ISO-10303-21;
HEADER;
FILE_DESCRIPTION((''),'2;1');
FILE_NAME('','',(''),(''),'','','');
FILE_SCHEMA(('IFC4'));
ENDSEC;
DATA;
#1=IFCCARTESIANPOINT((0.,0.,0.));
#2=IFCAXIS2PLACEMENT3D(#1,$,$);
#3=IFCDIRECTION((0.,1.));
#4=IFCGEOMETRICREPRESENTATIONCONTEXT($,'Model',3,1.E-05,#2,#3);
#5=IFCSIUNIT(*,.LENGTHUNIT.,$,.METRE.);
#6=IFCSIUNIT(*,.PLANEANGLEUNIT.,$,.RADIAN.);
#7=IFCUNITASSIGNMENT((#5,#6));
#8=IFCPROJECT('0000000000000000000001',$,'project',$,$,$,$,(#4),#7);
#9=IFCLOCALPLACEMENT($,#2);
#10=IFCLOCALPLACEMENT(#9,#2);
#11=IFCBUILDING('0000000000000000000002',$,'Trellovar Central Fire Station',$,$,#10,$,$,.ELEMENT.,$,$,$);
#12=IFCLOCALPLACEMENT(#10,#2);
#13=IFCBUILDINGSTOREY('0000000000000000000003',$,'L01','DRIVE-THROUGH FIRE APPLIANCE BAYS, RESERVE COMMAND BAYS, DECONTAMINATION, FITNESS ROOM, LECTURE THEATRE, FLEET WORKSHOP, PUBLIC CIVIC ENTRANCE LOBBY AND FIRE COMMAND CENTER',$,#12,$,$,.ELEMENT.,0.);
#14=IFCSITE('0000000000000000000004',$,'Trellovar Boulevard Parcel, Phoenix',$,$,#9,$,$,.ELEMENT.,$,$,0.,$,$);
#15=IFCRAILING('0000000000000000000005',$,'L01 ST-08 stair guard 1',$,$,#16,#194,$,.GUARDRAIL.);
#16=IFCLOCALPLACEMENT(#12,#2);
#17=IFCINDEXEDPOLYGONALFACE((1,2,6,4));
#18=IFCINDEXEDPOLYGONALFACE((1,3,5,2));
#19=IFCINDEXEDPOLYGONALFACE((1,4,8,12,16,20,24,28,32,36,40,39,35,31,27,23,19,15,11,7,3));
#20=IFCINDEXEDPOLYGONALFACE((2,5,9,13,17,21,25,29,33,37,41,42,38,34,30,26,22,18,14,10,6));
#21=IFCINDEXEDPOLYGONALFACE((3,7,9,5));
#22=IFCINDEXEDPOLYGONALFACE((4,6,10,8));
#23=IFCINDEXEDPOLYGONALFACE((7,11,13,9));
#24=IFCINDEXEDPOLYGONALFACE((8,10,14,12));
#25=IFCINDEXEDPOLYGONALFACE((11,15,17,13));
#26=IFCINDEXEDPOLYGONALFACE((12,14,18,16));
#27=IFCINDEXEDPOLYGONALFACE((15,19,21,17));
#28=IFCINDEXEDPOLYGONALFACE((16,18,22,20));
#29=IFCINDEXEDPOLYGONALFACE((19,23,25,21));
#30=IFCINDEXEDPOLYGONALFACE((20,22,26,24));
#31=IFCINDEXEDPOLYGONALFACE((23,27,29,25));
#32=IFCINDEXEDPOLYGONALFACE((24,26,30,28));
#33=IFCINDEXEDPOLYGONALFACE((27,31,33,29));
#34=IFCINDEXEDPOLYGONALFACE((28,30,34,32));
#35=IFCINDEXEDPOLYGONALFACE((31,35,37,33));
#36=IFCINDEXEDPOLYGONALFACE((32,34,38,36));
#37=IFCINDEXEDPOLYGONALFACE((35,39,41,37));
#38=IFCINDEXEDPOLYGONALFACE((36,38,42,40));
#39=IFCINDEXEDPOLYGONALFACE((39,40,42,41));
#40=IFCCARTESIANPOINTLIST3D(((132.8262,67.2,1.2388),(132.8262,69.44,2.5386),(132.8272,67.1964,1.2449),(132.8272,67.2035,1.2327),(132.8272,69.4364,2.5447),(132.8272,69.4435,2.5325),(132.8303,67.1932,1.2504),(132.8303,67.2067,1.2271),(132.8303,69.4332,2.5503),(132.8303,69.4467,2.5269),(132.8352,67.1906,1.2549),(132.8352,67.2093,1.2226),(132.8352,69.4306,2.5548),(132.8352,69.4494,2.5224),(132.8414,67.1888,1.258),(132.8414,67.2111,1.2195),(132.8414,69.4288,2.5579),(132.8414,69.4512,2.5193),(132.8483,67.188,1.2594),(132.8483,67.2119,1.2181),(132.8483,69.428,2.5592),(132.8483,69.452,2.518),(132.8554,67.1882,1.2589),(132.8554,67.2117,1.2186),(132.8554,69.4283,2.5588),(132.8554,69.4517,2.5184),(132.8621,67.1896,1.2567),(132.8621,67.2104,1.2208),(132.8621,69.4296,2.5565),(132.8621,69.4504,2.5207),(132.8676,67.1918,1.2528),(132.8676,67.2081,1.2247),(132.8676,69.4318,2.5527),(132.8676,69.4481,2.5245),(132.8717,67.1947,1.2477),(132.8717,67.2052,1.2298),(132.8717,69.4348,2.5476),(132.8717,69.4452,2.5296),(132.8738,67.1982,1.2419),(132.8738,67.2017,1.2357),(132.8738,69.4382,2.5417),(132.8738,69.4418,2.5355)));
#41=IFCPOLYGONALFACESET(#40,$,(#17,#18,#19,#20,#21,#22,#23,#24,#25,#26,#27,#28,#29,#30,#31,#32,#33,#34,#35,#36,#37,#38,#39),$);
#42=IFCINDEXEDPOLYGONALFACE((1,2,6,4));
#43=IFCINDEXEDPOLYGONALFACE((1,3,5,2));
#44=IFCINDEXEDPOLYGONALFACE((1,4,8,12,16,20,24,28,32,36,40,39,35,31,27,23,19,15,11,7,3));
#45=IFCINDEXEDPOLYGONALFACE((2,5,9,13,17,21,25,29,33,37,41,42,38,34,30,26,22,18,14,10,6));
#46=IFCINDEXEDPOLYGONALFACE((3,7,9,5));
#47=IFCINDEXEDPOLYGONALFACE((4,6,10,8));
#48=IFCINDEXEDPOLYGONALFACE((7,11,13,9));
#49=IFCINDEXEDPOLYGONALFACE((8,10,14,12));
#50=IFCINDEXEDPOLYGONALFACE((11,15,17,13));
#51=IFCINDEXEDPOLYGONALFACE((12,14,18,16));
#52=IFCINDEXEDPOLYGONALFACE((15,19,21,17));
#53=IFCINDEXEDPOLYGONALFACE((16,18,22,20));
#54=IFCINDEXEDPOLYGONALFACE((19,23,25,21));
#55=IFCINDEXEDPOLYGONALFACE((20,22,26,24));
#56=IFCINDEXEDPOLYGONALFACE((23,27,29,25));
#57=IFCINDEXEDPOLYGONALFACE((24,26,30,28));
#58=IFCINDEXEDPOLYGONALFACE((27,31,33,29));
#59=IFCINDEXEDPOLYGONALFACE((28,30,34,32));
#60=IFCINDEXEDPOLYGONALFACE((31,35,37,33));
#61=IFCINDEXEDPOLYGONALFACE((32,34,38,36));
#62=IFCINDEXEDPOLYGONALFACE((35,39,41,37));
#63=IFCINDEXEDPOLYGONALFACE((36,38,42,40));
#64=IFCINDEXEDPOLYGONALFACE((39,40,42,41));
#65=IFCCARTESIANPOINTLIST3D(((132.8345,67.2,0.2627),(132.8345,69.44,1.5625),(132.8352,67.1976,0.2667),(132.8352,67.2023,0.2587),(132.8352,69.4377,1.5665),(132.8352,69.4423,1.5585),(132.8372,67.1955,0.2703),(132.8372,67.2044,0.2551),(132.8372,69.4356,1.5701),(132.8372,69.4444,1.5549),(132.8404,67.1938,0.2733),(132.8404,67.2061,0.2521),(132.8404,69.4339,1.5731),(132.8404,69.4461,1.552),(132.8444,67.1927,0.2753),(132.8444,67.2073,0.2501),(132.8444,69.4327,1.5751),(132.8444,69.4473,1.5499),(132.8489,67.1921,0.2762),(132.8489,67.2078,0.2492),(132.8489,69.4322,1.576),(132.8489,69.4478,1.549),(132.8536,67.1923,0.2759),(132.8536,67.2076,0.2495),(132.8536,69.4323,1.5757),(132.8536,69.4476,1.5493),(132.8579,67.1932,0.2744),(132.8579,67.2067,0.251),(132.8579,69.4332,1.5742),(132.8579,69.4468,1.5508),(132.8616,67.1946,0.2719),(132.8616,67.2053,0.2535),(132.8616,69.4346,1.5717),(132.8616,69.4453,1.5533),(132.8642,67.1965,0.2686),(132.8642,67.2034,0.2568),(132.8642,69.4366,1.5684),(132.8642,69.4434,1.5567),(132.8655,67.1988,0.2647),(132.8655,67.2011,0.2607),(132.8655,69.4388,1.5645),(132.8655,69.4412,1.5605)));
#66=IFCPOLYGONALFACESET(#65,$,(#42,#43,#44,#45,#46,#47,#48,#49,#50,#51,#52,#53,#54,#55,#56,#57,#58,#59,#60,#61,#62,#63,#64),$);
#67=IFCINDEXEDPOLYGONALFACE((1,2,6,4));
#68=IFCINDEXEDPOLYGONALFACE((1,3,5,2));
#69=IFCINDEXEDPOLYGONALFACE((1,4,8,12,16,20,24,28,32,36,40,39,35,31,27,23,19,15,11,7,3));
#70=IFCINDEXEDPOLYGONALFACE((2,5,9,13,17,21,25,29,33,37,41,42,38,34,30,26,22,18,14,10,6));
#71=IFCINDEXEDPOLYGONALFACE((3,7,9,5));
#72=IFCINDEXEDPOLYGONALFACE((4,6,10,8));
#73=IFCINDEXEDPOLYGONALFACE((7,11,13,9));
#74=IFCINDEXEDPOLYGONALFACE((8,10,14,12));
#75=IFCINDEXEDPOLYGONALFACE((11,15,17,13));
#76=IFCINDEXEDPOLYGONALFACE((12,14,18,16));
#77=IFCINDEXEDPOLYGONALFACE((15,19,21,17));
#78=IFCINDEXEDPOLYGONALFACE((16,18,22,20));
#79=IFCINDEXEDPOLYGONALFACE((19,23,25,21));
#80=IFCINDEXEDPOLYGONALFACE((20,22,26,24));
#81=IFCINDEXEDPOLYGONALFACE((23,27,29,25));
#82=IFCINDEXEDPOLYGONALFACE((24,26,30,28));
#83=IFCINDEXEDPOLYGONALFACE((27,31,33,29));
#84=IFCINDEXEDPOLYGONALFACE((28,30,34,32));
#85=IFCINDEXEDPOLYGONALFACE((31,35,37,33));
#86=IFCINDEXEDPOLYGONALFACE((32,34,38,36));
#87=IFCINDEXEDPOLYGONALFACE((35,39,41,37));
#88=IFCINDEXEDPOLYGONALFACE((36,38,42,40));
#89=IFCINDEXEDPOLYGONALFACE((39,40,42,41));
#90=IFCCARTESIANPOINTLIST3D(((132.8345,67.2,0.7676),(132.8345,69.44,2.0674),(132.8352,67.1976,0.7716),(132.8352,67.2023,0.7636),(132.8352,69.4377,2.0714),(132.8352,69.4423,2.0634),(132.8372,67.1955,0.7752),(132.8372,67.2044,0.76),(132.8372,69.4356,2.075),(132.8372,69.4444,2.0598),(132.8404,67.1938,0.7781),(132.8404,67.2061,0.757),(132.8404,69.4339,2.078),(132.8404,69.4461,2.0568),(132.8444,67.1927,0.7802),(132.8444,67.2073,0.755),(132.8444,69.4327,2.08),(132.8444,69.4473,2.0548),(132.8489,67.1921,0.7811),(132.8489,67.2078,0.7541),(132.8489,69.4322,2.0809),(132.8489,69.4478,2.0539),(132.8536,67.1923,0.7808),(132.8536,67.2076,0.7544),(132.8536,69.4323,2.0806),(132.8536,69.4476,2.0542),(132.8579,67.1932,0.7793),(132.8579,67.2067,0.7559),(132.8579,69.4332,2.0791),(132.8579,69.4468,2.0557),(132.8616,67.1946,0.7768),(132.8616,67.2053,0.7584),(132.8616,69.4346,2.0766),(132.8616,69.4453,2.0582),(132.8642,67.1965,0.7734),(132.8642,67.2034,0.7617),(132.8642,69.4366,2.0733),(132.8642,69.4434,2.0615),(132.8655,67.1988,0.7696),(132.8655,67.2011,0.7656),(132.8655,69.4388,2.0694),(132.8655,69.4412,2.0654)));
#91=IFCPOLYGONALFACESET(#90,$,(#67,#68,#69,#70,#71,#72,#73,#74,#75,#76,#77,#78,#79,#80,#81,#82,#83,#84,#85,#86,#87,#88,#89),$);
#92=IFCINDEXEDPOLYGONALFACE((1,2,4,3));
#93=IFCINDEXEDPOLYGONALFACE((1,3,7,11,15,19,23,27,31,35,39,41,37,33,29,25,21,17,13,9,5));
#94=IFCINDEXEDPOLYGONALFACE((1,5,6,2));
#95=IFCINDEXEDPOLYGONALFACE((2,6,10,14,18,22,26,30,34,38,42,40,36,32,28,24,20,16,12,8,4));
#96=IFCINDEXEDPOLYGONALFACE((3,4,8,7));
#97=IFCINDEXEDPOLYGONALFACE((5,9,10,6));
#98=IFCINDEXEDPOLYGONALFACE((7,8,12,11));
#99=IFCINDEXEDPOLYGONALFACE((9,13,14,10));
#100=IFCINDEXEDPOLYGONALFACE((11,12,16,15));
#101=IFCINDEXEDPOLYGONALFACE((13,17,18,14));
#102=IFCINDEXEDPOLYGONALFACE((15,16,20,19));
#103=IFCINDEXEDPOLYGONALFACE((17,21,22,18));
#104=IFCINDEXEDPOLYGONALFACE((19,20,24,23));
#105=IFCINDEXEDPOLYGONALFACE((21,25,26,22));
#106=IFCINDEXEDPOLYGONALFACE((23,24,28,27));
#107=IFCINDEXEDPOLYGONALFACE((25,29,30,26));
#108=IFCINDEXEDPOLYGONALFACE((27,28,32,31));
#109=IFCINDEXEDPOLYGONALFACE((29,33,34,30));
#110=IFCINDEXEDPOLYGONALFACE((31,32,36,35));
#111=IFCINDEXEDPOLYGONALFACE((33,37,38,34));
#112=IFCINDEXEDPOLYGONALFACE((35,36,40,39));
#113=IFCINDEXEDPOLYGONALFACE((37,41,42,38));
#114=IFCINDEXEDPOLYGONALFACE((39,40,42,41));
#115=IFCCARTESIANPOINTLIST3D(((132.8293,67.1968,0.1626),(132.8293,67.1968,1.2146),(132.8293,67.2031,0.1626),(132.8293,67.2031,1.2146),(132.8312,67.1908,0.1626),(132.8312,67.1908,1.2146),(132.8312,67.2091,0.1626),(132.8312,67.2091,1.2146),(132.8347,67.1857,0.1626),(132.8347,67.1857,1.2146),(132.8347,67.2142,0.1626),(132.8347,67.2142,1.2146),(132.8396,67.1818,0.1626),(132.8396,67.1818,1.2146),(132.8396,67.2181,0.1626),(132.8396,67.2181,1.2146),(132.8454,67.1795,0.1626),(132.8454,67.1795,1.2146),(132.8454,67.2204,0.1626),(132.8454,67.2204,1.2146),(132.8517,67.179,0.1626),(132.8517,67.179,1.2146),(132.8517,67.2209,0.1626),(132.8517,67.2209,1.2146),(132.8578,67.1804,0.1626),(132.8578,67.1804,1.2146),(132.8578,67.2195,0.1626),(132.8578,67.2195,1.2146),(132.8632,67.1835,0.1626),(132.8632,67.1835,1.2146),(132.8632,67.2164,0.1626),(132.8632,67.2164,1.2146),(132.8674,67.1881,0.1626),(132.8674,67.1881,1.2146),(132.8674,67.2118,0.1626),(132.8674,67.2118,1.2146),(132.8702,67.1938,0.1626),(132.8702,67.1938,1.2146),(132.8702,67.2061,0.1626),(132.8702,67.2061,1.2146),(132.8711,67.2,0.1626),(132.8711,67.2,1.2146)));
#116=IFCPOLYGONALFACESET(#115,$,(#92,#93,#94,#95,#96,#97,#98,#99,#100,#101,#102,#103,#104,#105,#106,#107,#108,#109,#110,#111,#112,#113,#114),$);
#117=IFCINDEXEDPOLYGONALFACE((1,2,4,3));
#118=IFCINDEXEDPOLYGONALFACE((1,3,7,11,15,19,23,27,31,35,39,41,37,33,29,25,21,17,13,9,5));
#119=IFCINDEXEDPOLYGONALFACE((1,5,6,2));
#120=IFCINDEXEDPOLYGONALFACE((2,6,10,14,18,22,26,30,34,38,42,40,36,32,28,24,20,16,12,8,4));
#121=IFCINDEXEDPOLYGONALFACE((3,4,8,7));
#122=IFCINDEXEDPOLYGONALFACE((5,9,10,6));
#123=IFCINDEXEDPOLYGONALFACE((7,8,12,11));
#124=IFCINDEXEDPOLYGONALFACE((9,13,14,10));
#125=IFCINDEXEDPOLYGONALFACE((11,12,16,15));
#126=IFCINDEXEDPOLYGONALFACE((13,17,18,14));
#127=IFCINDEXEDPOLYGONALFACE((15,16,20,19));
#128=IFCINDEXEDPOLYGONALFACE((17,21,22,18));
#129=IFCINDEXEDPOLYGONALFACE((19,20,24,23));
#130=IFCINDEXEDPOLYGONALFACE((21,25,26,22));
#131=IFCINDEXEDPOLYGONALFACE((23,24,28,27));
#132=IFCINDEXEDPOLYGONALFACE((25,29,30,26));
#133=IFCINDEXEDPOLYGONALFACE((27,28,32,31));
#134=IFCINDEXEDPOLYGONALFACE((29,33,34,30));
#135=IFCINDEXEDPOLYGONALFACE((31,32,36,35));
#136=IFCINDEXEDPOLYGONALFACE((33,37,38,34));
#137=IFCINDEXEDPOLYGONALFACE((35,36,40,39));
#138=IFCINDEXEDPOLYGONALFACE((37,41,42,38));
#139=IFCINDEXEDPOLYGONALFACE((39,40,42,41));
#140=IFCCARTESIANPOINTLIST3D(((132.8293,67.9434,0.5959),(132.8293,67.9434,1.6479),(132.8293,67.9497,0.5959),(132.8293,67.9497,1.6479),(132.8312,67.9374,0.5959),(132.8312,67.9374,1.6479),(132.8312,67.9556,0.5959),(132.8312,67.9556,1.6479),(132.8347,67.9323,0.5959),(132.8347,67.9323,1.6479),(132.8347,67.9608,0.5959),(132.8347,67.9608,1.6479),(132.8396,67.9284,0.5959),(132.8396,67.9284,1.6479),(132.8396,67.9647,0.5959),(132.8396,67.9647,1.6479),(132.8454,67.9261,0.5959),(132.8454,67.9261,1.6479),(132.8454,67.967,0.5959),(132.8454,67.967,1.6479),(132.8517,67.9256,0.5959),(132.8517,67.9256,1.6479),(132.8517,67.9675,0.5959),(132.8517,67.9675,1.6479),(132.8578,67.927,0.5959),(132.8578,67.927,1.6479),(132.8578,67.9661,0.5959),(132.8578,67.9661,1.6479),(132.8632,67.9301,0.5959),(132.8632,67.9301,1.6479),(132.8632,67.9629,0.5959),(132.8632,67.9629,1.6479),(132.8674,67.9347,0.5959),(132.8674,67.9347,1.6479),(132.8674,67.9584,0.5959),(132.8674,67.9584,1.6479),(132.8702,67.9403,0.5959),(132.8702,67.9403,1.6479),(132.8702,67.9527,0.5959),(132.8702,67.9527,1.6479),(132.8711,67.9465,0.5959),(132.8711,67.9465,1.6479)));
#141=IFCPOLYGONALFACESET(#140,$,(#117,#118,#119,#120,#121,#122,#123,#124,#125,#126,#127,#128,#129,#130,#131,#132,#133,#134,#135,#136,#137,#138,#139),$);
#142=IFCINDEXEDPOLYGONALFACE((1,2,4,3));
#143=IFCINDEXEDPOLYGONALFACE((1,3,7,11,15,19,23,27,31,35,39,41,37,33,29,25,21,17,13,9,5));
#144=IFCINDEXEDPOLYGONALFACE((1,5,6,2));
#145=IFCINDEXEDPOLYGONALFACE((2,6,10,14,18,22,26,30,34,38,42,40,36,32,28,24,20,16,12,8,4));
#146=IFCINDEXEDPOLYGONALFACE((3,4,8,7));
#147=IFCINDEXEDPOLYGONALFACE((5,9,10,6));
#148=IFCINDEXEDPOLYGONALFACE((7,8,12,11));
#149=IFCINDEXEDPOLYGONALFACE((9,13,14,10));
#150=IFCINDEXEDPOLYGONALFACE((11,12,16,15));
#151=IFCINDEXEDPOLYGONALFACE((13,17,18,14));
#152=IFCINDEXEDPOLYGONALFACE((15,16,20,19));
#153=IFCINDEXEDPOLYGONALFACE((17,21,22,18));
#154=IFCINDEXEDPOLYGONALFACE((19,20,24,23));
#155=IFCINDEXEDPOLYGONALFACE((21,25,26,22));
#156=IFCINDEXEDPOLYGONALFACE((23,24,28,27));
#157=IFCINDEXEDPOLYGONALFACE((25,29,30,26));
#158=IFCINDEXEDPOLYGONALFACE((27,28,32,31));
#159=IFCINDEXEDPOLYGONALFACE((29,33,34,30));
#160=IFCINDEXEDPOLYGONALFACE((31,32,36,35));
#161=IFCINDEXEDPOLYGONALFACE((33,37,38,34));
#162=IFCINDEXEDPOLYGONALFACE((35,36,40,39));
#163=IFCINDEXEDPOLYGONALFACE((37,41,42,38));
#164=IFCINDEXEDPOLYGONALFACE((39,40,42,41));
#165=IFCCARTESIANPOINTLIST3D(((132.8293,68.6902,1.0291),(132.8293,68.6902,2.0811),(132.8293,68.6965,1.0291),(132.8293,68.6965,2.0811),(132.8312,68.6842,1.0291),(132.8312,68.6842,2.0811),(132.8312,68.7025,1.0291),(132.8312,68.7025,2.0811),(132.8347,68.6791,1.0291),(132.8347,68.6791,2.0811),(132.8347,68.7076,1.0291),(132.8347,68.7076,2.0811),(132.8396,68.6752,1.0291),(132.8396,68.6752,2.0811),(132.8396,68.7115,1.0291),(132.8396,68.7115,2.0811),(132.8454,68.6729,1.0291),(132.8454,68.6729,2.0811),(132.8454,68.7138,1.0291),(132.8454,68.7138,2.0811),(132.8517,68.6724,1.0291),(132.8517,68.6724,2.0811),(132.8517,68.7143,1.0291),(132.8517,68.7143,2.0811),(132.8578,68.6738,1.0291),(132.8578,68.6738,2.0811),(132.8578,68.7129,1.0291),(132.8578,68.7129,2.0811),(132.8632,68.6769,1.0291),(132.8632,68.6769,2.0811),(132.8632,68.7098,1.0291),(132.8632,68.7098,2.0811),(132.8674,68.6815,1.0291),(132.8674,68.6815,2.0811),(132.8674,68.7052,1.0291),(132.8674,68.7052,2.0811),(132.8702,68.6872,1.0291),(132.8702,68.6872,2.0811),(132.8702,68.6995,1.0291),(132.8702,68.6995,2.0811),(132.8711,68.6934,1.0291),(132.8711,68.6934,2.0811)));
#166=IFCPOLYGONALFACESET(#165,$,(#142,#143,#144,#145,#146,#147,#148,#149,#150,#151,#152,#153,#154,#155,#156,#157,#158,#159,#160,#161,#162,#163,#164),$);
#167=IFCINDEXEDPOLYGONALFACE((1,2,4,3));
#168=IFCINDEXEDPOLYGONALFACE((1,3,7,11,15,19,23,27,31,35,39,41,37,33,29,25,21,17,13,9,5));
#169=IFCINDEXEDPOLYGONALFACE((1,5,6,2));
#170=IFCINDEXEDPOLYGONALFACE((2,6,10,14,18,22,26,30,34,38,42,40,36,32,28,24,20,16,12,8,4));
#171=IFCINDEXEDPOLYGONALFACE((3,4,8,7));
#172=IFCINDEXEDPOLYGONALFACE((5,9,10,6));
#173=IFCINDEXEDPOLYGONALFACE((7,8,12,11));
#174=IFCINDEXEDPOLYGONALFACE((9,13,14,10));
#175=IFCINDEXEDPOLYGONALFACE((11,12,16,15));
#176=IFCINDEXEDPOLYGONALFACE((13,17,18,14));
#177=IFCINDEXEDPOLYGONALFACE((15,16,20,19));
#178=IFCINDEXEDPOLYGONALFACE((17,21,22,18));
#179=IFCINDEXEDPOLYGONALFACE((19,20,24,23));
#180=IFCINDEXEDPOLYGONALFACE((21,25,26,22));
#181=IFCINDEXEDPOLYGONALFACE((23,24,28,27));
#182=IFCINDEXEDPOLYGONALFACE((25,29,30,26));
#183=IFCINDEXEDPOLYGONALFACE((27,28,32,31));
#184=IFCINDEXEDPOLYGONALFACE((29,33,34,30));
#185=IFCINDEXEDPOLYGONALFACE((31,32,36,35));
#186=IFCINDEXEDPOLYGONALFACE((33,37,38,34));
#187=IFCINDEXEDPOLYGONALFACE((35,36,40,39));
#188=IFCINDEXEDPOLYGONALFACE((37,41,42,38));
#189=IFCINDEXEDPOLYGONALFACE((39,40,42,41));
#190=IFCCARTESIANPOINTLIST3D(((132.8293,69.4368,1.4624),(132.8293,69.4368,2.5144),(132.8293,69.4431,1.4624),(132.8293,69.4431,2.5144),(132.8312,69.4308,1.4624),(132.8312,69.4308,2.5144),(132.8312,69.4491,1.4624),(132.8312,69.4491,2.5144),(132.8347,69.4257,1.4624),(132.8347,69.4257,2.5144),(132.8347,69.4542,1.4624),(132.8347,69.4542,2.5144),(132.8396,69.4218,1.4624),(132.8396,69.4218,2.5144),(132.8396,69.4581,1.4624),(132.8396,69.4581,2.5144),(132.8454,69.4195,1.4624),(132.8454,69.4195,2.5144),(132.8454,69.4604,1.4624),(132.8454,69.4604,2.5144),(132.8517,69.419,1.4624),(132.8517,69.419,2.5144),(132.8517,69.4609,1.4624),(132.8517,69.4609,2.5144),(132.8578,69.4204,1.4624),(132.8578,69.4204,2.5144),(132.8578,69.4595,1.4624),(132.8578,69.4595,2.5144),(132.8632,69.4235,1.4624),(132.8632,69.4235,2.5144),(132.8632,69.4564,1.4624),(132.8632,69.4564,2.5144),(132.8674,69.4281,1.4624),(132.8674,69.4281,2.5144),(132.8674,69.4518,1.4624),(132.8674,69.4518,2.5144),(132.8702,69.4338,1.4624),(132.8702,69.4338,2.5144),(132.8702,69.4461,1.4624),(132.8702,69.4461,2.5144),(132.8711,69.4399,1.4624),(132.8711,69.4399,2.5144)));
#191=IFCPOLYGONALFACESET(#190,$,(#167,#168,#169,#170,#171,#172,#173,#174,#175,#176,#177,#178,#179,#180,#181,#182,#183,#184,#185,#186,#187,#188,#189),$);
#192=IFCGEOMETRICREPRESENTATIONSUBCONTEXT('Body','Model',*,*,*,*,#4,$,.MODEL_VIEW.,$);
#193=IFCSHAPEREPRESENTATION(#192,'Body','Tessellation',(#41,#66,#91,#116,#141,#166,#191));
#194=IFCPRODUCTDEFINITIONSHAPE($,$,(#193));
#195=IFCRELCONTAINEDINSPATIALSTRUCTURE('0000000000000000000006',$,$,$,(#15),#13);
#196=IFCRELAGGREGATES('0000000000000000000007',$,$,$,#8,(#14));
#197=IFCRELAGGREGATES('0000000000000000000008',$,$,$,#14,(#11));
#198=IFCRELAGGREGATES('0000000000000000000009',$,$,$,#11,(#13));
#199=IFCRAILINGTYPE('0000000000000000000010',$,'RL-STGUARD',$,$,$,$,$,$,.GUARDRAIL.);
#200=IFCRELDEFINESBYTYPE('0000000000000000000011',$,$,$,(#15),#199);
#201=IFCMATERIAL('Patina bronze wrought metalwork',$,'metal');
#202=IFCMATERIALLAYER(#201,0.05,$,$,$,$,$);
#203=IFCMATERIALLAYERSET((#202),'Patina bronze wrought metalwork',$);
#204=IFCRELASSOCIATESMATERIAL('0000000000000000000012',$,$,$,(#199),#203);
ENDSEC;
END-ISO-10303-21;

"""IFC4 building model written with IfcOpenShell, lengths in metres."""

from ifc_helpers import new_model, si_unit, direction, frame, origin, origin_2d, place, context, subcontext, project, spatial, circle, extrude, material, layer, layer_set, type_object, element, save


model = new_model("IFC4")

# Units and contexts
model_context = context("Model", 3, precision=1e-05, world=origin(), true_north=direction((0.0, 1.0)))
body_context = subcontext(model_context, "Body", "Model", "MODEL_VIEW")
ifc_project = project(units=[si_unit("LENGTHUNIT", "METRE"), si_unit("PLANEANGLEUNIT", "RADIAN")], contexts=[model_context])

# Site, building, storey
site_placement = place(None, origin())
site = spatial("IfcSite", under=ifc_project, at=site_placement, Name="Trellovar Boulevard Parcel, Phoenix", CompositionType="ELEMENT", RefElevation=0.0)
building_placement = place(site_placement, origin())
building = spatial("IfcBuilding", under=site, at=building_placement, Name="Trellovar Central Fire Station", CompositionType="ELEMENT")
storey_placement = place(building_placement, origin())
storey = spatial("IfcBuildingStorey", under=building, at=storey_placement, Name="L01", Description="DRIVE-THROUGH FIRE APPLIANCE BAYS, RESERVE COMMAND BAYS, DECONTAMINATION, FITNESS ROOM, LECTURE THEATRE, FLEET WORKSHOP, PUBLIC CIVIC ENTRANCE LOBBY AND FIRE COMMAND CENTER", CompositionType="ELEMENT", Elevation=0.0)

# Railing
ifc_material_1 = material(Name="Patina bronze wrought metalwork", Category="metal")
ifc_layer_1 = layer(ifc_material_1, 0.05)
ifc_layer_set_1 = layer_set([ifc_layer_1], Name="Patina bronze wrought metalwork")
railing_type_1 = type_object("IfcRailingType", Name="RL-STGUARD", PredefinedType="GUARDRAIL", material=ifc_layer_set_1)
railing_1_placement = place(storey_placement, frame((132.8501, 67.2, 0.1626)))
element("IfcRailing", 1, at=railing_1_placement, inside=storey, type_object=railing_type_1, Name="L01 ST-08 stair guard 1", PredefinedType="GUARDRAIL", context=body_context, shape_type="SweptSolid", body=[
    extrude(circle(Radius=0.0239, at=origin_2d()), frame((0.0, 0.0, 1.0762), z_axis=(0.0, 0.864929, 0.501894), x_axis=(-1.0, 0.0, 0.0)), (0.0, 0.0, 1.0), 2.5898),
    extrude(circle(Radius=0.0156, at=origin_2d()), frame((0.0, 0.0, 0.1001), z_axis=(0.0, 0.864929, 0.501894), x_axis=(-1.0, 0.0, 0.0)), (0.0, 0.0, 1.0), 2.5898),
    extrude(circle(Radius=0.0156, at=origin_2d()), frame((0.0, 0.0, 0.605), z_axis=(0.0, 0.864929, 0.501894), x_axis=(-1.0, 0.0, 0.0)), (0.0, 0.0, 1.0), 2.5898),
    extrude(circle(Radius=0.021, at=origin_2d()), origin(), (0.0, 0.0, 1.0), 1.052),
    extrude(circle(Radius=0.021, at=origin_2d()), frame((0.0, 0.7466, 0.4333)), (0.0, 0.0, 1.0), 1.052),
    extrude(circle(Radius=0.021, at=origin_2d()), frame((0.0, 1.4934, 0.8665)), (0.0, 0.0, 1.0), 1.052),
    extrude(circle(Radius=0.021, at=origin_2d()), frame((0.0, 2.24, 1.2998)), (0.0, 0.0, 1.0), 1.052),
])

save(model, "model.ifc")
